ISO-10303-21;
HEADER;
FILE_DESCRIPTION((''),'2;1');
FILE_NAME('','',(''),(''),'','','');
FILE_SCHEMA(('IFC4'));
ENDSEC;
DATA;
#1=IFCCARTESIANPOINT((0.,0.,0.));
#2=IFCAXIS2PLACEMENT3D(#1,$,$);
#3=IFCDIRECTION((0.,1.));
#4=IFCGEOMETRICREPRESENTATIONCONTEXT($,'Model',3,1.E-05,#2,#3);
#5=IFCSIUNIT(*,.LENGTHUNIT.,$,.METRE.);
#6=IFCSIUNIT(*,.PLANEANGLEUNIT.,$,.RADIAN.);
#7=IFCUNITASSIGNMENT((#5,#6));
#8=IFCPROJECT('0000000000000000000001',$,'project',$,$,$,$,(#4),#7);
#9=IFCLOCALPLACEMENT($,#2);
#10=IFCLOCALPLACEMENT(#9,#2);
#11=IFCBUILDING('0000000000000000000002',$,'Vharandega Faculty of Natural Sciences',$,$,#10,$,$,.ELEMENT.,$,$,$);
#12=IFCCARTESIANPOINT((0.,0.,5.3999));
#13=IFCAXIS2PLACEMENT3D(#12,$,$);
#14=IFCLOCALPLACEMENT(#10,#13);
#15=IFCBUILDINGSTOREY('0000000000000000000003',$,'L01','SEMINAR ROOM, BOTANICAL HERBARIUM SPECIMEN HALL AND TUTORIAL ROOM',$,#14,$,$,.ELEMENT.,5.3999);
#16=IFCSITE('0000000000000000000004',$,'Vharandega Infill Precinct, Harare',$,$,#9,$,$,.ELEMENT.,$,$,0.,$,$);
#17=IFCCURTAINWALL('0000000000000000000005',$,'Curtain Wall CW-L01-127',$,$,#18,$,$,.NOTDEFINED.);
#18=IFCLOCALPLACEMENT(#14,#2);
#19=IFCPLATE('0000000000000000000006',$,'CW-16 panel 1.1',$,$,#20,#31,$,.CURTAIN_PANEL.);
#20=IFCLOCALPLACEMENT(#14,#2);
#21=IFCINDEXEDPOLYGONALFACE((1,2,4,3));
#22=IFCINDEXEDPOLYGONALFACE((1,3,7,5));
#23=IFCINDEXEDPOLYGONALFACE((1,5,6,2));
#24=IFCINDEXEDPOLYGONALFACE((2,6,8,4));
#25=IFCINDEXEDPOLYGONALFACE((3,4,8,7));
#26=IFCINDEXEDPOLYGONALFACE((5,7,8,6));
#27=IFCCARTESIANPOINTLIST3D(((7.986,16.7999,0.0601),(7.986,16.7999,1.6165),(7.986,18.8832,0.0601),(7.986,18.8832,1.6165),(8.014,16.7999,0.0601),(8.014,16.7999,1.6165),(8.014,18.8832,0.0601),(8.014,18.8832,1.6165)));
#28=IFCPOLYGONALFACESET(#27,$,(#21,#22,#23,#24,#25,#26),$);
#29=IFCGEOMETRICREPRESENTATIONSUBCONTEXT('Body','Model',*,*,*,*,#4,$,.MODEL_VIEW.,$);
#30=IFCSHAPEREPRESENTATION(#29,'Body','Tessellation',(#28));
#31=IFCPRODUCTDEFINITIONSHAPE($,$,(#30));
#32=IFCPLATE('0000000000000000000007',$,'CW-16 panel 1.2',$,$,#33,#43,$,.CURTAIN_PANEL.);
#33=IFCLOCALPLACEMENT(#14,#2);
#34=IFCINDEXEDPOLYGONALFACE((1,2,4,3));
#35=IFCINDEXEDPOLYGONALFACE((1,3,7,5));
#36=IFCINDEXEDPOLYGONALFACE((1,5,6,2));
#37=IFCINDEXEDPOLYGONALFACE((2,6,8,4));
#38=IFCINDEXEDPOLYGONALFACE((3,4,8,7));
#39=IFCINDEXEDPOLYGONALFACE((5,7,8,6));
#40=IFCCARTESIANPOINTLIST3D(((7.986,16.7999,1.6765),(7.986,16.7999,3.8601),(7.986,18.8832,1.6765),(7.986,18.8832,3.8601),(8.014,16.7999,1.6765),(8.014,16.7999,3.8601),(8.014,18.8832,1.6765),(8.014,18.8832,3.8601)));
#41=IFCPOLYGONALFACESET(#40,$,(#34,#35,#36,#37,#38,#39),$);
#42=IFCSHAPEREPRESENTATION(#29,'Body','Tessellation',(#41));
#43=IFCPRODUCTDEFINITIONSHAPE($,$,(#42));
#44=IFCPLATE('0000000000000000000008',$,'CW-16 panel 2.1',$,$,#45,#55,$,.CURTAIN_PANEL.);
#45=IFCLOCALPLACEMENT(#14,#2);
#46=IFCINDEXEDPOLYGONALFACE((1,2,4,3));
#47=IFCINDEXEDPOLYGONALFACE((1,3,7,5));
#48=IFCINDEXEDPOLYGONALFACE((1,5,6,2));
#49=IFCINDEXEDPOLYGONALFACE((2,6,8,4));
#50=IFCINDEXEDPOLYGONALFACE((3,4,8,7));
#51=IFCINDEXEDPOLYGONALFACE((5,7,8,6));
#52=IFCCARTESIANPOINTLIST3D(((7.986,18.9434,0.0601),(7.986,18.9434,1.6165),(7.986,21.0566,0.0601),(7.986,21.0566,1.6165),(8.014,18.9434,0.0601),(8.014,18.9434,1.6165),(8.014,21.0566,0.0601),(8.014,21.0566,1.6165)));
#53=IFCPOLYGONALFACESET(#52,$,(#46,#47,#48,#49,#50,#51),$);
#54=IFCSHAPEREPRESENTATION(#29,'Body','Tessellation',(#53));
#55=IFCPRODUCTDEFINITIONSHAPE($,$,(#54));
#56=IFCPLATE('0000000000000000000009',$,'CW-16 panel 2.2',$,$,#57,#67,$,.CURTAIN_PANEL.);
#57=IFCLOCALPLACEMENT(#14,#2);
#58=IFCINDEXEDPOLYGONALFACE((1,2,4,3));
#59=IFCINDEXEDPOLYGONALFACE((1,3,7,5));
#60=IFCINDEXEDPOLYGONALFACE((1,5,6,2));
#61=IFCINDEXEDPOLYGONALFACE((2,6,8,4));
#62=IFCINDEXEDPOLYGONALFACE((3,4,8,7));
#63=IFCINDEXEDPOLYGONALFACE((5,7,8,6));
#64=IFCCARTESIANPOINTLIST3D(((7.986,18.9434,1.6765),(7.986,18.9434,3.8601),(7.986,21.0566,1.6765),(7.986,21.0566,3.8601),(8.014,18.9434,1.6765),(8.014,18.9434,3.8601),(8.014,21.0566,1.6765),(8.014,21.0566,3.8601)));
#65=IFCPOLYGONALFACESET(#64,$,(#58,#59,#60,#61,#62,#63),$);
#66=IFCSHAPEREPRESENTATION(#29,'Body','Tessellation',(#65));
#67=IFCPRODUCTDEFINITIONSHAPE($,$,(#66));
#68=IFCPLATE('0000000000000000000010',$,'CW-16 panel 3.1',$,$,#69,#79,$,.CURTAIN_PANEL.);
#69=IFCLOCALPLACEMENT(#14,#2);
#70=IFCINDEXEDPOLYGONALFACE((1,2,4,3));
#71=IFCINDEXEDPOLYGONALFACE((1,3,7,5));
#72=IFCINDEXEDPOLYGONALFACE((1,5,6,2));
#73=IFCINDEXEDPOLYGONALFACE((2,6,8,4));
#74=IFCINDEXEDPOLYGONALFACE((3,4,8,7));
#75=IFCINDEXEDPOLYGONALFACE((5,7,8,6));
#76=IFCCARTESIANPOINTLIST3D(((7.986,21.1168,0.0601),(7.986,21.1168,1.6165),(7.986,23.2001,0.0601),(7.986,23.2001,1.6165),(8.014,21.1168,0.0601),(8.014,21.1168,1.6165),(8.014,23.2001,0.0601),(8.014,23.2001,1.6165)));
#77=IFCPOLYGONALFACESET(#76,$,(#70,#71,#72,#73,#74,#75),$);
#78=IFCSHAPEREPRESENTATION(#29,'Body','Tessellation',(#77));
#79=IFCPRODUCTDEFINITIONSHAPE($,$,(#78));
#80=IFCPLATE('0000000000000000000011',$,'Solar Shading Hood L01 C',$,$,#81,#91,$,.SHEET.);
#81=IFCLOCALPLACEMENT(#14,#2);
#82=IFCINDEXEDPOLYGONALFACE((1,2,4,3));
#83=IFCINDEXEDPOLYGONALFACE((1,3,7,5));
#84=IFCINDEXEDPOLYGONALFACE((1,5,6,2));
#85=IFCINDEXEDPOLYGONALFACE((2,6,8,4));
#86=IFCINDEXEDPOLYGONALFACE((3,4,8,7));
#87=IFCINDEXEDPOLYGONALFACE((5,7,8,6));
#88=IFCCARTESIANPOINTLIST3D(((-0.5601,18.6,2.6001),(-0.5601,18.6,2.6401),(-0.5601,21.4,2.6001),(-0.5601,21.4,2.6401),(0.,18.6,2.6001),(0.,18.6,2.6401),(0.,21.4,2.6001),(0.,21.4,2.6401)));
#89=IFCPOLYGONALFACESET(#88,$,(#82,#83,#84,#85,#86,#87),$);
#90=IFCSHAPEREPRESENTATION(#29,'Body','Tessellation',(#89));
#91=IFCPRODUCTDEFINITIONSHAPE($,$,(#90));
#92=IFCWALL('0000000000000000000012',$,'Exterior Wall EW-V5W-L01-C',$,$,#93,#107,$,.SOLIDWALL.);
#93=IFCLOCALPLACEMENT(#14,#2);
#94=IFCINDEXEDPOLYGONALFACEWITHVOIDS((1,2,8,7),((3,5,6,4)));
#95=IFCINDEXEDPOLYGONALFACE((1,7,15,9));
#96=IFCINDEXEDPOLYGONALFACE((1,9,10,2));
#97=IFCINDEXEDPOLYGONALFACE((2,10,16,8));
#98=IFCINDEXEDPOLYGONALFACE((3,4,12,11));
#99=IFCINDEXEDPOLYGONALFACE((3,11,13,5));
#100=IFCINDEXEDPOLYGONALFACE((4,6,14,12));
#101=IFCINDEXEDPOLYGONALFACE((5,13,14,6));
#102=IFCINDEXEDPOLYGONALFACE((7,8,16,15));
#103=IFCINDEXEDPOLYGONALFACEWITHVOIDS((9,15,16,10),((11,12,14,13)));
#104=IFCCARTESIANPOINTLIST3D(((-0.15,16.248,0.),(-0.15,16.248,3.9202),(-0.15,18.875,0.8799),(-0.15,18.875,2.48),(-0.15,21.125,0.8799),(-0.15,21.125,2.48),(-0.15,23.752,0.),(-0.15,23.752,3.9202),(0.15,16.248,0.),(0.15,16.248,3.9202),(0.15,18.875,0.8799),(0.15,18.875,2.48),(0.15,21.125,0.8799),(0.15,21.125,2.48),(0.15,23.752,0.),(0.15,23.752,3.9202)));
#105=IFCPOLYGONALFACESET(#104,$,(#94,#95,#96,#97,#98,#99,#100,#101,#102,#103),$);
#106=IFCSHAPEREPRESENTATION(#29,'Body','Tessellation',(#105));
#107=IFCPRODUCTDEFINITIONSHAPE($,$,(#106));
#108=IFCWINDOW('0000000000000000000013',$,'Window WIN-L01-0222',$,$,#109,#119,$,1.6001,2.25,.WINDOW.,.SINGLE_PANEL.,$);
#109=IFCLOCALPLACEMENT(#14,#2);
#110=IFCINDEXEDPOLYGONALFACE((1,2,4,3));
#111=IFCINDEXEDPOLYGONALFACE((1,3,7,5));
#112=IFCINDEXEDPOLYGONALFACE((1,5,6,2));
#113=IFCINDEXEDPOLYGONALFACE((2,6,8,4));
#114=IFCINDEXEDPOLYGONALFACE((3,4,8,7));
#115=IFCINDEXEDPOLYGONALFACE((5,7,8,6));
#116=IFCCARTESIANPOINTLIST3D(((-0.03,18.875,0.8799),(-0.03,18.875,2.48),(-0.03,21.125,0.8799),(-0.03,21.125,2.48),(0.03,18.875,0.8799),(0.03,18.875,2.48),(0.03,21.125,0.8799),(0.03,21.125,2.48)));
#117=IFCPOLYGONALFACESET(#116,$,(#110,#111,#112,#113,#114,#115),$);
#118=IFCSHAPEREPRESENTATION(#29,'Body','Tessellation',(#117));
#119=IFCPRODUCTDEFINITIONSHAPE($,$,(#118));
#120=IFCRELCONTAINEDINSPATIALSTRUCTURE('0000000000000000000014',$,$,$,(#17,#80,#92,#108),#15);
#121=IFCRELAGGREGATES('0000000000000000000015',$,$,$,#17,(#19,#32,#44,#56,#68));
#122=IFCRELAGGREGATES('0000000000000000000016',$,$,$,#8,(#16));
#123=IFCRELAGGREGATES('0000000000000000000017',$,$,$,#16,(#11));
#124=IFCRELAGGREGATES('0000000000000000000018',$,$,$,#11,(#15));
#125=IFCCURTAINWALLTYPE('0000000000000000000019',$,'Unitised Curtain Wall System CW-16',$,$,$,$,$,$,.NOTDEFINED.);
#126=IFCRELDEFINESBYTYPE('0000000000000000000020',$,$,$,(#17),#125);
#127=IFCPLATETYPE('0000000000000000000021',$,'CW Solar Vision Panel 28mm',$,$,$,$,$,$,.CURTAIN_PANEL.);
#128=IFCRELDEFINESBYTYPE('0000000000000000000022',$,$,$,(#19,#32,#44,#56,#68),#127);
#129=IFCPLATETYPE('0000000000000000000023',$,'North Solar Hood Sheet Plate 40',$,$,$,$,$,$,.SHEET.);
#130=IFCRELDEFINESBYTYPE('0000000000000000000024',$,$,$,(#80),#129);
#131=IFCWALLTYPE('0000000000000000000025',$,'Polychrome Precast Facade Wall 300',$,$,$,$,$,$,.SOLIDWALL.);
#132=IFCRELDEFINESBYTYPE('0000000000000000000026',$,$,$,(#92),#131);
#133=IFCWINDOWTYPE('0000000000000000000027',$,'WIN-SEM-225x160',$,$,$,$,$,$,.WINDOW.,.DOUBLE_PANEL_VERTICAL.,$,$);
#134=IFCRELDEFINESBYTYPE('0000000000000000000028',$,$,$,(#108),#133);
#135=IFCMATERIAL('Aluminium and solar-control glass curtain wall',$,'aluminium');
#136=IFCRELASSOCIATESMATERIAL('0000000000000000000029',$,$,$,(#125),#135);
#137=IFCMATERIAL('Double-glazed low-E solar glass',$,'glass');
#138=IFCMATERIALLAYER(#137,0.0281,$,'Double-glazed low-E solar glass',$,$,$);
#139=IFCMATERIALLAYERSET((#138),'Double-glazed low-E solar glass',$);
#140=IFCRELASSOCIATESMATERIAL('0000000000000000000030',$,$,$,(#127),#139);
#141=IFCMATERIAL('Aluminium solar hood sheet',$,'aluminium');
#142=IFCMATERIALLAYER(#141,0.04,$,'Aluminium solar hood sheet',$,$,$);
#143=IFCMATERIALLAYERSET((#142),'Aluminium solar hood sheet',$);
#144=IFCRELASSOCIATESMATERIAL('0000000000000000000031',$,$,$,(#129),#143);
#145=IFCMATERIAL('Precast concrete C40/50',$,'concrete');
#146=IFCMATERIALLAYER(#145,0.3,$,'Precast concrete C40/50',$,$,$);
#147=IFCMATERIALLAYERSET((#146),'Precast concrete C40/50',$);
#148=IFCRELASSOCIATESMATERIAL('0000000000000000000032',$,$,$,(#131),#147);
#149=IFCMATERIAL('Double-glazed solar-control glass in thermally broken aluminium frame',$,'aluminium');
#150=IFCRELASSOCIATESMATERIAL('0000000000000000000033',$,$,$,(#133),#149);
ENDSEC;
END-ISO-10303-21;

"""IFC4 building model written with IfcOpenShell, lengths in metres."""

from ifc_helpers import new_model, si_unit, direction, frame, frame_2d, origin, origin_2d, place, context, subcontext, project, spatial, rectangle, extrude, material, layer, layer_set, type_object, element, fill, aggregate, save


model = new_model("IFC4")

# Units and contexts
model_context = context("Model", 3, precision=1e-05, world=origin(), true_north=direction((0.0, 1.0)))
body_context = subcontext(model_context, "Body", "Model", "MODEL_VIEW")
ifc_project = project(units=[si_unit("LENGTHUNIT", "METRE"), si_unit("PLANEANGLEUNIT", "RADIAN")], contexts=[model_context])

# Site, building, storey
site_placement = place(None, origin())
site = spatial("IfcSite", under=ifc_project, at=site_placement, Name="Vharandega Infill Precinct, Harare", CompositionType="ELEMENT", RefElevation=0.0)
building_placement = place(site_placement, origin())
building = spatial("IfcBuilding", under=site, at=building_placement, Name="Vharandega Faculty of Natural Sciences", CompositionType="ELEMENT")
storey_placement = place(building_placement, frame((0.0, 0.0, 5.3999)))
storey = spatial("IfcBuildingStorey", under=building, at=storey_placement, Name="L01", Description="SEMINAR ROOM, BOTANICAL HERBARIUM SPECIMEN HALL AND TUTORIAL ROOM", CompositionType="ELEMENT", Elevation=5.3999)

# Curtain wall
ifc_material_1 = material(Name="Aluminium and solar-control glass curtain wall", Category="aluminium")
curtain_wall_type = type_object("IfcCurtainWallType", Name="Unitised Curtain Wall System CW-16", PredefinedType="NOTDEFINED", material=ifc_material_1)
curtain_wall_placement = place(storey_placement, origin())
curtain_wall = element("IfcCurtainWall", 1, at=curtain_wall_placement, inside=storey, type_object=curtain_wall_type, Name="Curtain Wall CW-L01-127", PredefinedType="NOTDEFINED")

# Plates
ifc_material_2 = material(Name="Double-glazed low-E solar glass", Category="glass")
ifc_layer_1 = layer(ifc_material_2, 0.0281, Name="Double-glazed low-E solar glass")
ifc_layer_set_1 = layer_set([ifc_layer_1], Name="Double-glazed low-E solar glass")
plate_type_1 = type_object("IfcPlateType", Name="CW Solar Vision Panel 28mm", PredefinedType="CURTAIN_PANEL", material=ifc_layer_set_1)
plate_1_placement = place(storey_placement, frame((8.0, 17.8416, 0.0601), z_axis=(0.0, 0.0, 1.0), x_axis=(0.0, 1.0, 0.0)))
plate_1 = element("IfcPlate", 2, at=plate_1_placement, type_object=plate_type_1, Name="CW-16 panel 1.1", PredefinedType="CURTAIN_PANEL", context=body_context, shape_type="SweptSolid", body=[
    extrude(rectangle(XDim=2.0833, YDim=0.0281, at=origin_2d()), origin(), (0.0, 0.0, 1.0), 1.5564),
])
plate_2_placement = place(storey_placement, frame((8.0, 17.8416, 1.6765), z_axis=(0.0, 0.0, 1.0), x_axis=(0.0, 1.0, 0.0)))
plate_2 = element("IfcPlate", 3, at=plate_2_placement, type_object=plate_type_1, Name="CW-16 panel 1.2", PredefinedType="CURTAIN_PANEL", context=body_context, shape_type="SweptSolid", body=[
    extrude(rectangle(XDim=2.0833, YDim=0.0281, at=origin_2d()), origin(), (0.0, 0.0, 1.0), 2.1836),
])
plate_3_placement = place(storey_placement, frame((8.0, 20.0, 0.0601), z_axis=(0.0, 0.0, 1.0), x_axis=(0.0, 1.0, 0.0)))
plate_3 = element("IfcPlate", 4, at=plate_3_placement, type_object=plate_type_1, Name="CW-16 panel 2.1", PredefinedType="CURTAIN_PANEL", context=body_context, shape_type="SweptSolid", body=[
    extrude(rectangle(XDim=2.1133, YDim=0.0281, at=origin_2d()), origin(), (0.0, 0.0, 1.0), 1.5564),
])
plate_4_placement = place(storey_placement, frame((8.0, 20.0, 1.6765), z_axis=(0.0, 0.0, 1.0), x_axis=(0.0, 1.0, 0.0)))
plate_4 = element("IfcPlate", 5, at=plate_4_placement, type_object=plate_type_1, Name="CW-16 panel 2.2", PredefinedType="CURTAIN_PANEL", context=body_context, shape_type="SweptSolid", body=[
    extrude(rectangle(XDim=2.1133, YDim=0.0281, at=origin_2d()), origin(), (0.0, 0.0, 1.0), 2.1836),
])
plate_5_placement = place(storey_placement, frame((8.0, 22.1584, 0.0601), z_axis=(0.0, 0.0, 1.0), x_axis=(0.0, 1.0, 0.0)))
plate_5 = element("IfcPlate", 6, at=plate_5_placement, type_object=plate_type_1, Name="CW-16 panel 3.1", PredefinedType="CURTAIN_PANEL", context=body_context, shape_type="SweptSolid", body=[
    extrude(rectangle(XDim=2.0833, YDim=0.0281, at=origin_2d()), origin(), (0.0, 0.0, 1.0), 1.5564),
])
aggregate(curtain_wall, [plate_1, plate_2, plate_3, plate_4, plate_5])
ifc_material_3 = material(Name="Aluminium solar hood sheet", Category="aluminium")
ifc_layer_2 = layer(ifc_material_3, 0.04, Name="Aluminium solar hood sheet")
ifc_layer_set_2 = layer_set([ifc_layer_2], Name="Aluminium solar hood sheet")
plate_type_2 = type_object("IfcPlateType", Name="North Solar Hood Sheet Plate 40", PredefinedType="SHEET", material=ifc_layer_set_2)
plate_6_placement = place(storey_placement, frame((-0.28, 20.0, 2.6001), z_axis=(0.0, 0.0, 1.0), x_axis=(1.0, 0.0, 0.0)))
element("IfcPlate", 7, at=plate_6_placement, inside=storey, type_object=plate_type_2, Name="Solar Shading Hood L01 C", PredefinedType="SHEET", context=body_context, shape_type="SweptSolid", body=[
    extrude(rectangle(XDim=0.5601, YDim=2.8, at=origin_2d()), origin(), (0.0, 0.0, 1.0), 0.04),
])

# Wall, opening, window
ifc_material_4 = material(Name="Precast concrete C40/50", Category="concrete")
ifc_layer_3 = layer(ifc_material_4, 0.3, Name="Precast concrete C40/50")
ifc_layer_set_3 = layer_set([ifc_layer_3], Name="Precast concrete C40/50")
wall_type = type_object("IfcWallType", Name="Polychrome Precast Facade Wall 300", PredefinedType="SOLIDWALL", material=ifc_layer_set_3)
wall_placement = place(storey_placement, frame((0.0, 16.248, 0.0), z_axis=(0.0, 0.0, 1.0), x_axis=(0.0, 1.0, 0.0)))
wall = element("IfcWall", 8, at=wall_placement, inside=storey, type_object=wall_type, Name="Exterior Wall EW-V5W-L01-C", PredefinedType="SOLIDWALL", context=body_context, shape_type="SweptSolid", body=[
    extrude(rectangle(XDim=7.5039, YDim=0.3, at=frame_2d((3.752, 0.0))), origin(), (0.0, 0.0, 1.0), 3.9202),
])
opening_placement = place(wall_placement, frame((2.627, 0.0, 0.8799)))
opening = element("IfcOpeningElement", 9, at=opening_placement, cuts=wall, PredefinedType="OPENING", context=body_context, shape_type="SweptSolid", body=[
    extrude(rectangle(XDim=2.25, YDim=1.6001, at=frame_2d((1.125, 0.8))), frame((0.0, 0.1602, 0.0), z_axis=(0.0, -1.0, 0.0), x_axis=(1.0, 0.0, 0.0)), (0.0, 0.0, 1.0), 0.3201),
])
ifc_material_5 = material(Name="Double-glazed solar-control glass in thermally broken aluminium frame", Category="aluminium")
window_type = type_object("IfcWindowType", Name="WIN-SEM-225x160", PartitioningType="DOUBLE_PANEL_VERTICAL", PredefinedType="WINDOW", material=ifc_material_5)
window_placement = place(opening_placement, origin())
window = element("IfcWindow", 10, at=window_placement, inside=storey, type_object=window_type, Name="Window WIN-L01-0222", OverallHeight=1.6001, OverallWidth=2.25, PartitioningType="SINGLE_PANEL", PredefinedType="WINDOW", context=body_context, shape_type="SweptSolid", body=[
    extrude(rectangle(XDim=2.25, YDim=1.6001, at=frame_2d((1.125, 0.8))), frame((0.0, 0.03, 0.0), z_axis=(0.0, -1.0, 0.0), x_axis=(1.0, 0.0, 0.0)), (0.0, 0.0, 1.0), 0.0601),
])
fill(opening, window)

save(model, "model.ifc")
